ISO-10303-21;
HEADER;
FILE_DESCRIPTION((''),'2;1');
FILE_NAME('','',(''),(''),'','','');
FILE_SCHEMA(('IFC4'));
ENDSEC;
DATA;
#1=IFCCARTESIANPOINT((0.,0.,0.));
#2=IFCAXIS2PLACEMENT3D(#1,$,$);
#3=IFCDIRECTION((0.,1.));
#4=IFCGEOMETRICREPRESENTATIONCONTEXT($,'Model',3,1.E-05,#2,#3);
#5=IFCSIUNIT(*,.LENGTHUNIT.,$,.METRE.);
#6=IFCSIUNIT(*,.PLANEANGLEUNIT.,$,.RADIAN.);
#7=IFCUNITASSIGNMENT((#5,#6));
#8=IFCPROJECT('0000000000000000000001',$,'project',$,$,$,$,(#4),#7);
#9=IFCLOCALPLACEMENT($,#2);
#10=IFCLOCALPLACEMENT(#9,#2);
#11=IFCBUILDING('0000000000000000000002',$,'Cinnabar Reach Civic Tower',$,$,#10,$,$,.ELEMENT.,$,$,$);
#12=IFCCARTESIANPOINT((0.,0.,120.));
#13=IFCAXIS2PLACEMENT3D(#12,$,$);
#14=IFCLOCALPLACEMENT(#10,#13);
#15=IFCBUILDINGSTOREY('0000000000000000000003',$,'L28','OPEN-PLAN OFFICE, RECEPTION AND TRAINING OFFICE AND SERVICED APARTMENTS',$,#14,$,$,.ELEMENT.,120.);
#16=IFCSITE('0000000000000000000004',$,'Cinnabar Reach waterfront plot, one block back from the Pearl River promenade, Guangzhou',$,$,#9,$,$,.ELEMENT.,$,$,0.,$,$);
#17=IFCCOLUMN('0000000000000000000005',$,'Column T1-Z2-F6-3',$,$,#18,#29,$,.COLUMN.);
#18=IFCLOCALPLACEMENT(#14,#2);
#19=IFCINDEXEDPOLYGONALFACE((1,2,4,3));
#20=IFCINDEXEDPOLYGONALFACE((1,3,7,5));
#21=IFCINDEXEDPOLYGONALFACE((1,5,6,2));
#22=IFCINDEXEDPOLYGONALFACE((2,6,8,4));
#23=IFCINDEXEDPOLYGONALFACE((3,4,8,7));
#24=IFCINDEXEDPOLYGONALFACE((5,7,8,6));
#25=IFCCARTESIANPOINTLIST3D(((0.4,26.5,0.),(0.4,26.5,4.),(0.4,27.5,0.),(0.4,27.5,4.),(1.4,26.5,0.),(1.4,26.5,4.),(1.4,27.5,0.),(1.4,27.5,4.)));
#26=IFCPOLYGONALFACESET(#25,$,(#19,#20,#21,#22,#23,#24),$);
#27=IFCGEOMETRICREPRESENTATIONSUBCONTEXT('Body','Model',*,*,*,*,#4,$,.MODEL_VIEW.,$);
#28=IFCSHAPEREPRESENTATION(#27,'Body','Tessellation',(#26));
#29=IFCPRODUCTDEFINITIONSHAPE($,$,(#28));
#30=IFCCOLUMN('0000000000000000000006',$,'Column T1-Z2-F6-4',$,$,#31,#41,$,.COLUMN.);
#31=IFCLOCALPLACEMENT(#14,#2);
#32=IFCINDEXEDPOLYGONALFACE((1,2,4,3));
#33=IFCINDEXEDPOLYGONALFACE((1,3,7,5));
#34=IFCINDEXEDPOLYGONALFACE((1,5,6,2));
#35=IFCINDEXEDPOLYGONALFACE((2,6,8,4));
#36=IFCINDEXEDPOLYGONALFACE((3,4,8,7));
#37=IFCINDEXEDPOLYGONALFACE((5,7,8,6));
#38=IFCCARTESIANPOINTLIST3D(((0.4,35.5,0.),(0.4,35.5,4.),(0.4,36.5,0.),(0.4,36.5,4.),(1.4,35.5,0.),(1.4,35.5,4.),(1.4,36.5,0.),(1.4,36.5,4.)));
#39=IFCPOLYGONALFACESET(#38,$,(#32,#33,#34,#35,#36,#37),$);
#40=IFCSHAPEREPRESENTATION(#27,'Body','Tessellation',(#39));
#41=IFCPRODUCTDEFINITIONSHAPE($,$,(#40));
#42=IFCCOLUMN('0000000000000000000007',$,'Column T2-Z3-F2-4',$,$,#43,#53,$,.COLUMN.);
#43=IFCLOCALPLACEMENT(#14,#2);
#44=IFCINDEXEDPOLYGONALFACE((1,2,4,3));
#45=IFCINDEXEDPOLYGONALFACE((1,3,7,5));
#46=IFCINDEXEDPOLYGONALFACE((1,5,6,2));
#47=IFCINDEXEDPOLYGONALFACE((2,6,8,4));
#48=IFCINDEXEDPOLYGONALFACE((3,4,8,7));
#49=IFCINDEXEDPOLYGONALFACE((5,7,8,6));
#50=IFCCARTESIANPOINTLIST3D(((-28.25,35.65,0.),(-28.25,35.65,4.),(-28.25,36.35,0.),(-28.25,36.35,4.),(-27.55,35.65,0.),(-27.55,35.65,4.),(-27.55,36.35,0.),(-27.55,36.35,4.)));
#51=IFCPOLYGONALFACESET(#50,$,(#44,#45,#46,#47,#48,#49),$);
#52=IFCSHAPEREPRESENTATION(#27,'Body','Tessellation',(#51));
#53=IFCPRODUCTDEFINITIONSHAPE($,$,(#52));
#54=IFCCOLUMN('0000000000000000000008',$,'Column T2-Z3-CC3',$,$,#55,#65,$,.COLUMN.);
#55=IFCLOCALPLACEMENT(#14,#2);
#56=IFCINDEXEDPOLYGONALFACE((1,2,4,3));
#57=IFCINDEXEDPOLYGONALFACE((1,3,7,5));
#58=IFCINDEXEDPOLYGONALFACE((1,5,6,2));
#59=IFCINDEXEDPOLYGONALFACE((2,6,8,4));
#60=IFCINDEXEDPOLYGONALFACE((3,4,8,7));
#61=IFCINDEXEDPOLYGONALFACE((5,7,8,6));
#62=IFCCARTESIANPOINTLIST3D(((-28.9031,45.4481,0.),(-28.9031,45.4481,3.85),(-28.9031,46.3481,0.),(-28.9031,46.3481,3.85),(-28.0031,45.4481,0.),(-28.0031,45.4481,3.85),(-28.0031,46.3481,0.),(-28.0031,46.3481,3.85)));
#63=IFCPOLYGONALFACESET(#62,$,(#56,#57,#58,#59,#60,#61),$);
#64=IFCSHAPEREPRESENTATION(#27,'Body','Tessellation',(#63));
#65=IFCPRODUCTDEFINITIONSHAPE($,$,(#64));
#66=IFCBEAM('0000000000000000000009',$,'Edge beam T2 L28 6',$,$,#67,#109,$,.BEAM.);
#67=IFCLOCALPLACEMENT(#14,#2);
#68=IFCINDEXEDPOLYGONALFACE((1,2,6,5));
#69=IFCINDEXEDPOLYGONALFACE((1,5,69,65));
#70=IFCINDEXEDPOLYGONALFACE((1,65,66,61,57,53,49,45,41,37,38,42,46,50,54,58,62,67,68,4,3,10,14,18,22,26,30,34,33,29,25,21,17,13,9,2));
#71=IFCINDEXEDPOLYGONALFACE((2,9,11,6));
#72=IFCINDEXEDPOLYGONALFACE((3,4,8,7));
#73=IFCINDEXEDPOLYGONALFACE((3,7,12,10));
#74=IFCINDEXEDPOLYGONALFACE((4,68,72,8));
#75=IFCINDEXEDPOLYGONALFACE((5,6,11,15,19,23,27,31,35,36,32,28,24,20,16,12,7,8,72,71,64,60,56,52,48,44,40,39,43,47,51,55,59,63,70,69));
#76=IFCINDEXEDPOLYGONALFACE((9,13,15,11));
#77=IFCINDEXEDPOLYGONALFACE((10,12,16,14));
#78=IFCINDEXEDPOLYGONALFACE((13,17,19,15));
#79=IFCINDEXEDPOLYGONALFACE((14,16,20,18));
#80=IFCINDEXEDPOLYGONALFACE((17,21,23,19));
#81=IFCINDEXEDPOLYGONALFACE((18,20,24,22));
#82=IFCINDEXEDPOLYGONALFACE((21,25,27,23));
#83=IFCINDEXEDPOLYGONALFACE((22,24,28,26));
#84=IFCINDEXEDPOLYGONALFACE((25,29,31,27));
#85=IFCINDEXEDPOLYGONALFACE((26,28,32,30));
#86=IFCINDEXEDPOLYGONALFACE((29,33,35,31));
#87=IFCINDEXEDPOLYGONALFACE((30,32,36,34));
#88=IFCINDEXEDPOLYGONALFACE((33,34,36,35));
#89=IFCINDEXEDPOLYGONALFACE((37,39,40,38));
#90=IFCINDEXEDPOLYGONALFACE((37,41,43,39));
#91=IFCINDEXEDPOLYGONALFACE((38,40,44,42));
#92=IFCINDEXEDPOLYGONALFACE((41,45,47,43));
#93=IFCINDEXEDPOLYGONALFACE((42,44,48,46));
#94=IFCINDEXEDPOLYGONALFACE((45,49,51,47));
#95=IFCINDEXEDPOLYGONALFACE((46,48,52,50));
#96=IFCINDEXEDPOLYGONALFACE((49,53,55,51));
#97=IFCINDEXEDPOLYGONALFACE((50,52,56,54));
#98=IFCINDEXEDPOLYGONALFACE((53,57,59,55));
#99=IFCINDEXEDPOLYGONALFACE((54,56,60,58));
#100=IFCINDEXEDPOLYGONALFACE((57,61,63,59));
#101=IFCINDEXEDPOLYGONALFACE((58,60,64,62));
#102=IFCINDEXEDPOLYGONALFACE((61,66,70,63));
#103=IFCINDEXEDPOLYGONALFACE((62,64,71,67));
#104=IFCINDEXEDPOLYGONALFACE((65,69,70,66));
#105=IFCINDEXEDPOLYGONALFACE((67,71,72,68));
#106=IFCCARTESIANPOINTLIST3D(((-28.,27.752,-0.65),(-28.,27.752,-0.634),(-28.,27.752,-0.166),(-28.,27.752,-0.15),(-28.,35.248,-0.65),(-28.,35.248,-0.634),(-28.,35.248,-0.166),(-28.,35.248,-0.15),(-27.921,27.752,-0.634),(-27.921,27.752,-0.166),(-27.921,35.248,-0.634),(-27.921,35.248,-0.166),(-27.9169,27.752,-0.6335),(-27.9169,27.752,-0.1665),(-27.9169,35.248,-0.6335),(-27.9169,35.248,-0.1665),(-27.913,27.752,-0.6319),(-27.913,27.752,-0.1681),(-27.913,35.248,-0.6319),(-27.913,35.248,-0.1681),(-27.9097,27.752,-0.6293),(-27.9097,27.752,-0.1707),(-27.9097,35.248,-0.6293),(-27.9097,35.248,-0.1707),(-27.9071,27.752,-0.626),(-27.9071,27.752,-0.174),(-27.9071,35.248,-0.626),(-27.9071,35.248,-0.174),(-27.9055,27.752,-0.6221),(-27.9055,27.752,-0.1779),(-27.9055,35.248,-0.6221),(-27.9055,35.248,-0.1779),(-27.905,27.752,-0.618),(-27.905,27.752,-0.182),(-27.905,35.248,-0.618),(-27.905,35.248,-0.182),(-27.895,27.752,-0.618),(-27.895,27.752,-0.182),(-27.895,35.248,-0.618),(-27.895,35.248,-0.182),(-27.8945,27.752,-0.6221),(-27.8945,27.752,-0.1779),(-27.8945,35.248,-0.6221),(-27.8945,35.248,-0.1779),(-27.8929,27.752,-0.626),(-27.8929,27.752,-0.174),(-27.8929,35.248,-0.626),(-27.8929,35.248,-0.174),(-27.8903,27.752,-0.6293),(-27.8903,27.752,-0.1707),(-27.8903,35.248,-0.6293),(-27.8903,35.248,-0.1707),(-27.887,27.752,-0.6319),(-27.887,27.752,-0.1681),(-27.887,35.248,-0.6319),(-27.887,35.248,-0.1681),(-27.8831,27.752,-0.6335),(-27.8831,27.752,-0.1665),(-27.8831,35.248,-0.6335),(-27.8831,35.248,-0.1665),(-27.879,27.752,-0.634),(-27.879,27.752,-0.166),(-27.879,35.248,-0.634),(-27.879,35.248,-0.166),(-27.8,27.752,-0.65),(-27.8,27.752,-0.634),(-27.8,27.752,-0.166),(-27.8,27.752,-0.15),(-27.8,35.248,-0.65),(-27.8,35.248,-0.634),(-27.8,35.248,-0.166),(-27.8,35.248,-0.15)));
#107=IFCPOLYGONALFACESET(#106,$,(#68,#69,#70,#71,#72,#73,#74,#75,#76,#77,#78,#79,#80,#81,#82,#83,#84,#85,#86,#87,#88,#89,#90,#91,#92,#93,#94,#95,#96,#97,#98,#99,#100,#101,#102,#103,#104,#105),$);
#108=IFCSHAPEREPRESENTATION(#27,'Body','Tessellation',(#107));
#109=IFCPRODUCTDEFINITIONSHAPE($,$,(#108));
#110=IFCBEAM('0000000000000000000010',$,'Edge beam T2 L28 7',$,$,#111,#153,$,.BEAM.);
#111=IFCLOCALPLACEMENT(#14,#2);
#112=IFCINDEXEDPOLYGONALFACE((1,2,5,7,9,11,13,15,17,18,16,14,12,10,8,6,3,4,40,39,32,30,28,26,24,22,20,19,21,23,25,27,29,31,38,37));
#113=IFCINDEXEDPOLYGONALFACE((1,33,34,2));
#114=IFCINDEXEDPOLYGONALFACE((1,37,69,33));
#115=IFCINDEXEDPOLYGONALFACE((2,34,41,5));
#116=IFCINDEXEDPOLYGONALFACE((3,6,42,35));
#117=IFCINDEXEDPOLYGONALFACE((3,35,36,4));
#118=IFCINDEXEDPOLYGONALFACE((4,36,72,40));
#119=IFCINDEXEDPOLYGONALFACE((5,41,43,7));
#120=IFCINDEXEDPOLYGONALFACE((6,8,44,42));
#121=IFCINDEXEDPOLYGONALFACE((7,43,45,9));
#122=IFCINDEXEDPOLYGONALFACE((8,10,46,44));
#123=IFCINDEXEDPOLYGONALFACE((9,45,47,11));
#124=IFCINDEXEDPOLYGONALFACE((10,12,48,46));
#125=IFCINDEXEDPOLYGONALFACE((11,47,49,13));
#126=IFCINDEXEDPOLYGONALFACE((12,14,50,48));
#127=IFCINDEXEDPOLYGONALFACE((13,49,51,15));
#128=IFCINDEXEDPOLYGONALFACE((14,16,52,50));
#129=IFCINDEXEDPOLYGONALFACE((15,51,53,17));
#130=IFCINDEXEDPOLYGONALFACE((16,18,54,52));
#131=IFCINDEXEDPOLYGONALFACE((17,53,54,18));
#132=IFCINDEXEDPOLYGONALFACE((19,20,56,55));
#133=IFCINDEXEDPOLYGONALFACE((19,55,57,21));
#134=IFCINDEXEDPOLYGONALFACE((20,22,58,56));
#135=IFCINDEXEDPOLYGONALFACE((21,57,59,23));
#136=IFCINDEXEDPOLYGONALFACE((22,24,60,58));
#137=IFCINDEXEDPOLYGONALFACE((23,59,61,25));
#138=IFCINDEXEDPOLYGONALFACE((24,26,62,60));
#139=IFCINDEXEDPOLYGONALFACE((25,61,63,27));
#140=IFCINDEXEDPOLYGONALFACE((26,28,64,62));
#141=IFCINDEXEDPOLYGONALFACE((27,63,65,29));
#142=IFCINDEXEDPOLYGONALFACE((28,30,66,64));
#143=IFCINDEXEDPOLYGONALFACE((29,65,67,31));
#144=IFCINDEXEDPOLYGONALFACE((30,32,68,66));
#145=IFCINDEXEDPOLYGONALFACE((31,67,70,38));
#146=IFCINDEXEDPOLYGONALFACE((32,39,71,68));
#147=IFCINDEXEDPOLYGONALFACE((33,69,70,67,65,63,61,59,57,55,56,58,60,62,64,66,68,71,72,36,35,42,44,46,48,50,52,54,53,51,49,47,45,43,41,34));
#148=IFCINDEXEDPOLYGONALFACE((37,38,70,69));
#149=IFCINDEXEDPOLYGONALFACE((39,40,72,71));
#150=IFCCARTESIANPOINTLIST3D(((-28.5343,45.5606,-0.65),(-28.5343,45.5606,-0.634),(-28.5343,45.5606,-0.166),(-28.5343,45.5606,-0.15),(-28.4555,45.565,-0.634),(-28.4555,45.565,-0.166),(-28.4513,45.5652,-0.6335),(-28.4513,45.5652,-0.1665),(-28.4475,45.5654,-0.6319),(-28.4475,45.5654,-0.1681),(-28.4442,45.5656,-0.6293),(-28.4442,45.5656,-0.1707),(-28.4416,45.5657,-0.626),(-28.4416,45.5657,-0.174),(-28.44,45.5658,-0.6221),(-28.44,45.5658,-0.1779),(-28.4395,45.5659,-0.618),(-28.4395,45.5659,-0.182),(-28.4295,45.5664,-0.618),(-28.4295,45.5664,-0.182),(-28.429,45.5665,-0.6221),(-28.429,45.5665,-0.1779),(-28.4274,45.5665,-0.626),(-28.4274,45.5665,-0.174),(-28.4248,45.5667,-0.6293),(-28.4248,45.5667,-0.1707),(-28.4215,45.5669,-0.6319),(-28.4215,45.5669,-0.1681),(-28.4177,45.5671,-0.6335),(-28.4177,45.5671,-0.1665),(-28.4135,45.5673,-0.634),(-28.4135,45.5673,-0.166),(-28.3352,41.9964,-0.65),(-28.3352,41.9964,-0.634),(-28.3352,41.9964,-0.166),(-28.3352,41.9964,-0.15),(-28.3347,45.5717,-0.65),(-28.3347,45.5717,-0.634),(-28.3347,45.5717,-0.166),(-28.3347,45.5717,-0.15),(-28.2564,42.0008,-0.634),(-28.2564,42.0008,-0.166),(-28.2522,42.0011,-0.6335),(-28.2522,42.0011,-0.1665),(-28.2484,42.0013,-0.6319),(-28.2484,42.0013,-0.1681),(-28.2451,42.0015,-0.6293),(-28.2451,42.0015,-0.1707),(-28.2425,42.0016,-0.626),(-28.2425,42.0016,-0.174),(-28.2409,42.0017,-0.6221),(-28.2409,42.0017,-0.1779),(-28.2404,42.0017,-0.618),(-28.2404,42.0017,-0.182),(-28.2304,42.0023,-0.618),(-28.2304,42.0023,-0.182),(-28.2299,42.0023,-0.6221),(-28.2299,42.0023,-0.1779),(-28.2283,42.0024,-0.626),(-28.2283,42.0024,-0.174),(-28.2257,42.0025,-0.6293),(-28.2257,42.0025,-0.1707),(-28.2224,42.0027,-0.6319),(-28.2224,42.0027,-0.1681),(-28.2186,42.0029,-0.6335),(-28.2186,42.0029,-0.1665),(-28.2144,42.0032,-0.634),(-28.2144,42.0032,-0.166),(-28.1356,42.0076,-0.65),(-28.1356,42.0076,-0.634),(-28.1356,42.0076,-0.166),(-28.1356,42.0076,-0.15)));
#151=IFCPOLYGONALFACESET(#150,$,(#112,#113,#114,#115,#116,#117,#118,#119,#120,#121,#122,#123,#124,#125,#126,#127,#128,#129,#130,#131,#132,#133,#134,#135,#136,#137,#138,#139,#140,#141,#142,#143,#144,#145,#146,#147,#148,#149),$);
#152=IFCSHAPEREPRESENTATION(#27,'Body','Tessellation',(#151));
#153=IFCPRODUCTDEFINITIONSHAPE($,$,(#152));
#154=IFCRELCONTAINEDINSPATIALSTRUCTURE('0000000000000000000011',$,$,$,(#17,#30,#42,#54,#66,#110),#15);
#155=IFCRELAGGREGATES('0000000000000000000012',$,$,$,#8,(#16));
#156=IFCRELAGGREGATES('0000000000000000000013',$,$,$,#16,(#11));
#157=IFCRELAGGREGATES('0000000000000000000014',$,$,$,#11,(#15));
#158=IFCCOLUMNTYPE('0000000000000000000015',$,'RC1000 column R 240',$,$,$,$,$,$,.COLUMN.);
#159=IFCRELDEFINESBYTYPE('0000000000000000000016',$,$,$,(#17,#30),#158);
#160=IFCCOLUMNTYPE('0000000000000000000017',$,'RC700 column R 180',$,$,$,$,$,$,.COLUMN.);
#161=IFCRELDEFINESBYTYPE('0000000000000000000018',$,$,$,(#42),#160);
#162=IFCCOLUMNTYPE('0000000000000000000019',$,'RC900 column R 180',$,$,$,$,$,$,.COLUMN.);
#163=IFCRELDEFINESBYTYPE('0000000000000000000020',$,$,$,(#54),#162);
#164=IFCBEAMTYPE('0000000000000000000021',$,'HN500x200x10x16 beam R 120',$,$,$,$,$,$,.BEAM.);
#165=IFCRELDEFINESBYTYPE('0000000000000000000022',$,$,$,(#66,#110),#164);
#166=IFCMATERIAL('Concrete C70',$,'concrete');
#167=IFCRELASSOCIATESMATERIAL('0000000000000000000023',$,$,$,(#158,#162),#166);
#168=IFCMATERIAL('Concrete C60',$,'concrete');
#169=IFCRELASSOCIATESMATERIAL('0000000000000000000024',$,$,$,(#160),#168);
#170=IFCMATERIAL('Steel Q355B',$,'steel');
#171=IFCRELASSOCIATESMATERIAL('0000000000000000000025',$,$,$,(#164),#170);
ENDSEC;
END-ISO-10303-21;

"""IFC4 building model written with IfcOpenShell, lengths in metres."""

from ifc_helpers import new_model, si_unit, direction, frame, origin, origin_2d, place, context, subcontext, project, spatial, rectangle, i_section, extrude, material, material_profile, profile_set, type_object, element, save


model = new_model("IFC4")

# Units and contexts
model_context = context("Model", 3, precision=1e-05, world=origin(), true_north=direction((0.0, 1.0)))
body_context = subcontext(model_context, "Body", "Model", "MODEL_VIEW")
ifc_project = project(units=[si_unit("LENGTHUNIT", "METRE"), si_unit("PLANEANGLEUNIT", "RADIAN")], contexts=[model_context])

# Site, building, storey
site_placement = place(None, origin())
site = spatial("IfcSite", under=ifc_project, at=site_placement, Name="Cinnabar Reach waterfront plot, one block back from the Pearl River promenade, Guangzhou", CompositionType="ELEMENT", RefElevation=0.0)
building_placement = place(site_placement, origin())
building = spatial("IfcBuilding", under=site, at=building_placement, Name="Cinnabar Reach Civic Tower", CompositionType="ELEMENT")
storey_placement = place(building_placement, frame((0.0, 0.0, 120.0)))
storey = spatial("IfcBuildingStorey", under=building, at=storey_placement, Name="L28", Description="OPEN-PLAN OFFICE, RECEPTION AND TRAINING OFFICE AND SERVICED APARTMENTS", CompositionType="ELEMENT", Elevation=120.0)

# Columns
ifc_material_1 = material(Name="Concrete C70", Category="concrete")
ifc_material_profile_1 = material_profile(ifc_material_1, rectangle(XDim=1.0, YDim=1.0, at=origin_2d()), Name="RC1000")
ifc_profile_set_1 = profile_set([ifc_material_profile_1], Name="Concrete C70")
column_type_1 = type_object("IfcColumnType", Name="RC1000 column R 240", PredefinedType="COLUMN", material=ifc_profile_set_1)
for number, where, z_axis, x_axis, name in (
    (1, (0.9, 27.0, 0.0), (0.0, 0.0, 1.0), (1.0, 0.0, 0.0), "Column T1-Z2-F6-3"),
    (2, (0.9, 36.0, 0.0), (0.0, 0.0, 1.0), (1.0, 0.0, 0.0), "Column T1-Z2-F6-4"),
):
    element("IfcColumn", number, at=place(storey_placement, frame(where, z_axis=z_axis, x_axis=x_axis)), inside=storey, type_object=column_type_1, Name=name, PredefinedType="COLUMN", context=body_context, shape_type="SweptSolid", body=[
        extrude(rectangle(XDim=1.0, YDim=1.0, at=origin_2d()), origin(), (0.0, 0.0, 1.0), 4.0),
    ])
ifc_material_2 = material(Name="Concrete C60", Category="concrete")
ifc_material_profile_2 = material_profile(ifc_material_2, rectangle(XDim=0.7, YDim=0.7, at=origin_2d()), Name="RC700")
ifc_profile_set_2 = profile_set([ifc_material_profile_2], Name="Concrete C60")
column_type_2 = type_object("IfcColumnType", Name="RC700 column R 180", PredefinedType="COLUMN", material=ifc_profile_set_2)
column_1_placement = place(storey_placement, frame((-27.9, 36.0, 0.0), z_axis=(0.0, 0.0, 1.0), x_axis=(1.0, 0.0, 0.0)))
element("IfcColumn", 3, at=column_1_placement, inside=storey, type_object=column_type_2, Name="Column T2-Z3-F2-4", PredefinedType="COLUMN", context=body_context, shape_type="SweptSolid", body=[
    extrude(rectangle(XDim=0.7, YDim=0.7, at=origin_2d()), origin(), (0.0, 0.0, 1.0), 4.0),
])
ifc_material_profile_3 = material_profile(ifc_material_1, rectangle(XDim=0.9, YDim=0.9, at=origin_2d()), Name="RC900")
ifc_profile_set_3 = profile_set([ifc_material_profile_3], Name="Concrete C70")
column_type_3 = type_object("IfcColumnType", Name="RC900 column R 180", PredefinedType="COLUMN", material=ifc_profile_set_3)
column_2_placement = place(storey_placement, frame((-28.4531, 45.8981, 0.0), z_axis=(0.0, 0.0, 1.0), x_axis=(1.0, 0.0, 0.0)))
element("IfcColumn", 4, at=column_2_placement, inside=storey, type_object=column_type_3, Name="Column T2-Z3-CC3", PredefinedType="COLUMN", context=body_context, shape_type="SweptSolid", body=[
    extrude(rectangle(XDim=0.9, YDim=0.9, at=origin_2d()), origin(), (0.0, 0.0, 1.0), 3.85),
])

# Beams
ifc_material_3 = material(Name="Steel Q355B", Category="steel")
ifc_material_profile_4 = material_profile(ifc_material_3, i_section(OverallWidth=0.2, OverallDepth=0.5, WebThickness=0.01, FlangeThickness=0.016, FilletRadius=0.016, at=origin_2d()), Name="HN500x200x10x16")
ifc_profile_set_4 = profile_set([ifc_material_profile_4], Name="Steel Q355B")
beam_type_1 = type_object("IfcBeamType", Name="HN500x200x10x16 beam R 120", PredefinedType="BEAM", material=ifc_profile_set_4)
beam_1_placement = place(storey_placement, frame((-27.9, 27.752, -0.4), z_axis=(0.0, 1.0, 0.0), x_axis=(-1.0, 0.0, 0.0)))
element("IfcBeam", 5, at=beam_1_placement, inside=storey, type_object=beam_type_1, Name="Edge beam T2 L28 6", PredefinedType="BEAM", context=body_context, shape_type="SweptSolid", body=[
    extrude(i_section(OverallWidth=0.2, OverallDepth=0.5, WebThickness=0.01, FlangeThickness=0.016, FilletRadius=0.016, at=origin_2d()), origin(), (0.0, 0.0, 1.0), 7.496),
])
beam_2_placement = place(storey_placement, frame((-28.2354, 42.002, -0.4), z_axis=(-0.055776, 0.998443, 0.0), x_axis=(-0.998443, -0.055776, 0.0)))
element("IfcBeam", 6, at=beam_2_placement, inside=storey, type_object=beam_type_1, Name="Edge beam T2 L28 7", PredefinedType="BEAM", context=body_context, shape_type="SweptSolid", body=[
    extrude(i_section(OverallWidth=0.2, OverallDepth=0.5, WebThickness=0.01, FlangeThickness=0.016, FilletRadius=0.016, at=origin_2d()), origin(), (0.0, 0.0, 1.0), 3.5697),
])

save(model, "model.ifc")
